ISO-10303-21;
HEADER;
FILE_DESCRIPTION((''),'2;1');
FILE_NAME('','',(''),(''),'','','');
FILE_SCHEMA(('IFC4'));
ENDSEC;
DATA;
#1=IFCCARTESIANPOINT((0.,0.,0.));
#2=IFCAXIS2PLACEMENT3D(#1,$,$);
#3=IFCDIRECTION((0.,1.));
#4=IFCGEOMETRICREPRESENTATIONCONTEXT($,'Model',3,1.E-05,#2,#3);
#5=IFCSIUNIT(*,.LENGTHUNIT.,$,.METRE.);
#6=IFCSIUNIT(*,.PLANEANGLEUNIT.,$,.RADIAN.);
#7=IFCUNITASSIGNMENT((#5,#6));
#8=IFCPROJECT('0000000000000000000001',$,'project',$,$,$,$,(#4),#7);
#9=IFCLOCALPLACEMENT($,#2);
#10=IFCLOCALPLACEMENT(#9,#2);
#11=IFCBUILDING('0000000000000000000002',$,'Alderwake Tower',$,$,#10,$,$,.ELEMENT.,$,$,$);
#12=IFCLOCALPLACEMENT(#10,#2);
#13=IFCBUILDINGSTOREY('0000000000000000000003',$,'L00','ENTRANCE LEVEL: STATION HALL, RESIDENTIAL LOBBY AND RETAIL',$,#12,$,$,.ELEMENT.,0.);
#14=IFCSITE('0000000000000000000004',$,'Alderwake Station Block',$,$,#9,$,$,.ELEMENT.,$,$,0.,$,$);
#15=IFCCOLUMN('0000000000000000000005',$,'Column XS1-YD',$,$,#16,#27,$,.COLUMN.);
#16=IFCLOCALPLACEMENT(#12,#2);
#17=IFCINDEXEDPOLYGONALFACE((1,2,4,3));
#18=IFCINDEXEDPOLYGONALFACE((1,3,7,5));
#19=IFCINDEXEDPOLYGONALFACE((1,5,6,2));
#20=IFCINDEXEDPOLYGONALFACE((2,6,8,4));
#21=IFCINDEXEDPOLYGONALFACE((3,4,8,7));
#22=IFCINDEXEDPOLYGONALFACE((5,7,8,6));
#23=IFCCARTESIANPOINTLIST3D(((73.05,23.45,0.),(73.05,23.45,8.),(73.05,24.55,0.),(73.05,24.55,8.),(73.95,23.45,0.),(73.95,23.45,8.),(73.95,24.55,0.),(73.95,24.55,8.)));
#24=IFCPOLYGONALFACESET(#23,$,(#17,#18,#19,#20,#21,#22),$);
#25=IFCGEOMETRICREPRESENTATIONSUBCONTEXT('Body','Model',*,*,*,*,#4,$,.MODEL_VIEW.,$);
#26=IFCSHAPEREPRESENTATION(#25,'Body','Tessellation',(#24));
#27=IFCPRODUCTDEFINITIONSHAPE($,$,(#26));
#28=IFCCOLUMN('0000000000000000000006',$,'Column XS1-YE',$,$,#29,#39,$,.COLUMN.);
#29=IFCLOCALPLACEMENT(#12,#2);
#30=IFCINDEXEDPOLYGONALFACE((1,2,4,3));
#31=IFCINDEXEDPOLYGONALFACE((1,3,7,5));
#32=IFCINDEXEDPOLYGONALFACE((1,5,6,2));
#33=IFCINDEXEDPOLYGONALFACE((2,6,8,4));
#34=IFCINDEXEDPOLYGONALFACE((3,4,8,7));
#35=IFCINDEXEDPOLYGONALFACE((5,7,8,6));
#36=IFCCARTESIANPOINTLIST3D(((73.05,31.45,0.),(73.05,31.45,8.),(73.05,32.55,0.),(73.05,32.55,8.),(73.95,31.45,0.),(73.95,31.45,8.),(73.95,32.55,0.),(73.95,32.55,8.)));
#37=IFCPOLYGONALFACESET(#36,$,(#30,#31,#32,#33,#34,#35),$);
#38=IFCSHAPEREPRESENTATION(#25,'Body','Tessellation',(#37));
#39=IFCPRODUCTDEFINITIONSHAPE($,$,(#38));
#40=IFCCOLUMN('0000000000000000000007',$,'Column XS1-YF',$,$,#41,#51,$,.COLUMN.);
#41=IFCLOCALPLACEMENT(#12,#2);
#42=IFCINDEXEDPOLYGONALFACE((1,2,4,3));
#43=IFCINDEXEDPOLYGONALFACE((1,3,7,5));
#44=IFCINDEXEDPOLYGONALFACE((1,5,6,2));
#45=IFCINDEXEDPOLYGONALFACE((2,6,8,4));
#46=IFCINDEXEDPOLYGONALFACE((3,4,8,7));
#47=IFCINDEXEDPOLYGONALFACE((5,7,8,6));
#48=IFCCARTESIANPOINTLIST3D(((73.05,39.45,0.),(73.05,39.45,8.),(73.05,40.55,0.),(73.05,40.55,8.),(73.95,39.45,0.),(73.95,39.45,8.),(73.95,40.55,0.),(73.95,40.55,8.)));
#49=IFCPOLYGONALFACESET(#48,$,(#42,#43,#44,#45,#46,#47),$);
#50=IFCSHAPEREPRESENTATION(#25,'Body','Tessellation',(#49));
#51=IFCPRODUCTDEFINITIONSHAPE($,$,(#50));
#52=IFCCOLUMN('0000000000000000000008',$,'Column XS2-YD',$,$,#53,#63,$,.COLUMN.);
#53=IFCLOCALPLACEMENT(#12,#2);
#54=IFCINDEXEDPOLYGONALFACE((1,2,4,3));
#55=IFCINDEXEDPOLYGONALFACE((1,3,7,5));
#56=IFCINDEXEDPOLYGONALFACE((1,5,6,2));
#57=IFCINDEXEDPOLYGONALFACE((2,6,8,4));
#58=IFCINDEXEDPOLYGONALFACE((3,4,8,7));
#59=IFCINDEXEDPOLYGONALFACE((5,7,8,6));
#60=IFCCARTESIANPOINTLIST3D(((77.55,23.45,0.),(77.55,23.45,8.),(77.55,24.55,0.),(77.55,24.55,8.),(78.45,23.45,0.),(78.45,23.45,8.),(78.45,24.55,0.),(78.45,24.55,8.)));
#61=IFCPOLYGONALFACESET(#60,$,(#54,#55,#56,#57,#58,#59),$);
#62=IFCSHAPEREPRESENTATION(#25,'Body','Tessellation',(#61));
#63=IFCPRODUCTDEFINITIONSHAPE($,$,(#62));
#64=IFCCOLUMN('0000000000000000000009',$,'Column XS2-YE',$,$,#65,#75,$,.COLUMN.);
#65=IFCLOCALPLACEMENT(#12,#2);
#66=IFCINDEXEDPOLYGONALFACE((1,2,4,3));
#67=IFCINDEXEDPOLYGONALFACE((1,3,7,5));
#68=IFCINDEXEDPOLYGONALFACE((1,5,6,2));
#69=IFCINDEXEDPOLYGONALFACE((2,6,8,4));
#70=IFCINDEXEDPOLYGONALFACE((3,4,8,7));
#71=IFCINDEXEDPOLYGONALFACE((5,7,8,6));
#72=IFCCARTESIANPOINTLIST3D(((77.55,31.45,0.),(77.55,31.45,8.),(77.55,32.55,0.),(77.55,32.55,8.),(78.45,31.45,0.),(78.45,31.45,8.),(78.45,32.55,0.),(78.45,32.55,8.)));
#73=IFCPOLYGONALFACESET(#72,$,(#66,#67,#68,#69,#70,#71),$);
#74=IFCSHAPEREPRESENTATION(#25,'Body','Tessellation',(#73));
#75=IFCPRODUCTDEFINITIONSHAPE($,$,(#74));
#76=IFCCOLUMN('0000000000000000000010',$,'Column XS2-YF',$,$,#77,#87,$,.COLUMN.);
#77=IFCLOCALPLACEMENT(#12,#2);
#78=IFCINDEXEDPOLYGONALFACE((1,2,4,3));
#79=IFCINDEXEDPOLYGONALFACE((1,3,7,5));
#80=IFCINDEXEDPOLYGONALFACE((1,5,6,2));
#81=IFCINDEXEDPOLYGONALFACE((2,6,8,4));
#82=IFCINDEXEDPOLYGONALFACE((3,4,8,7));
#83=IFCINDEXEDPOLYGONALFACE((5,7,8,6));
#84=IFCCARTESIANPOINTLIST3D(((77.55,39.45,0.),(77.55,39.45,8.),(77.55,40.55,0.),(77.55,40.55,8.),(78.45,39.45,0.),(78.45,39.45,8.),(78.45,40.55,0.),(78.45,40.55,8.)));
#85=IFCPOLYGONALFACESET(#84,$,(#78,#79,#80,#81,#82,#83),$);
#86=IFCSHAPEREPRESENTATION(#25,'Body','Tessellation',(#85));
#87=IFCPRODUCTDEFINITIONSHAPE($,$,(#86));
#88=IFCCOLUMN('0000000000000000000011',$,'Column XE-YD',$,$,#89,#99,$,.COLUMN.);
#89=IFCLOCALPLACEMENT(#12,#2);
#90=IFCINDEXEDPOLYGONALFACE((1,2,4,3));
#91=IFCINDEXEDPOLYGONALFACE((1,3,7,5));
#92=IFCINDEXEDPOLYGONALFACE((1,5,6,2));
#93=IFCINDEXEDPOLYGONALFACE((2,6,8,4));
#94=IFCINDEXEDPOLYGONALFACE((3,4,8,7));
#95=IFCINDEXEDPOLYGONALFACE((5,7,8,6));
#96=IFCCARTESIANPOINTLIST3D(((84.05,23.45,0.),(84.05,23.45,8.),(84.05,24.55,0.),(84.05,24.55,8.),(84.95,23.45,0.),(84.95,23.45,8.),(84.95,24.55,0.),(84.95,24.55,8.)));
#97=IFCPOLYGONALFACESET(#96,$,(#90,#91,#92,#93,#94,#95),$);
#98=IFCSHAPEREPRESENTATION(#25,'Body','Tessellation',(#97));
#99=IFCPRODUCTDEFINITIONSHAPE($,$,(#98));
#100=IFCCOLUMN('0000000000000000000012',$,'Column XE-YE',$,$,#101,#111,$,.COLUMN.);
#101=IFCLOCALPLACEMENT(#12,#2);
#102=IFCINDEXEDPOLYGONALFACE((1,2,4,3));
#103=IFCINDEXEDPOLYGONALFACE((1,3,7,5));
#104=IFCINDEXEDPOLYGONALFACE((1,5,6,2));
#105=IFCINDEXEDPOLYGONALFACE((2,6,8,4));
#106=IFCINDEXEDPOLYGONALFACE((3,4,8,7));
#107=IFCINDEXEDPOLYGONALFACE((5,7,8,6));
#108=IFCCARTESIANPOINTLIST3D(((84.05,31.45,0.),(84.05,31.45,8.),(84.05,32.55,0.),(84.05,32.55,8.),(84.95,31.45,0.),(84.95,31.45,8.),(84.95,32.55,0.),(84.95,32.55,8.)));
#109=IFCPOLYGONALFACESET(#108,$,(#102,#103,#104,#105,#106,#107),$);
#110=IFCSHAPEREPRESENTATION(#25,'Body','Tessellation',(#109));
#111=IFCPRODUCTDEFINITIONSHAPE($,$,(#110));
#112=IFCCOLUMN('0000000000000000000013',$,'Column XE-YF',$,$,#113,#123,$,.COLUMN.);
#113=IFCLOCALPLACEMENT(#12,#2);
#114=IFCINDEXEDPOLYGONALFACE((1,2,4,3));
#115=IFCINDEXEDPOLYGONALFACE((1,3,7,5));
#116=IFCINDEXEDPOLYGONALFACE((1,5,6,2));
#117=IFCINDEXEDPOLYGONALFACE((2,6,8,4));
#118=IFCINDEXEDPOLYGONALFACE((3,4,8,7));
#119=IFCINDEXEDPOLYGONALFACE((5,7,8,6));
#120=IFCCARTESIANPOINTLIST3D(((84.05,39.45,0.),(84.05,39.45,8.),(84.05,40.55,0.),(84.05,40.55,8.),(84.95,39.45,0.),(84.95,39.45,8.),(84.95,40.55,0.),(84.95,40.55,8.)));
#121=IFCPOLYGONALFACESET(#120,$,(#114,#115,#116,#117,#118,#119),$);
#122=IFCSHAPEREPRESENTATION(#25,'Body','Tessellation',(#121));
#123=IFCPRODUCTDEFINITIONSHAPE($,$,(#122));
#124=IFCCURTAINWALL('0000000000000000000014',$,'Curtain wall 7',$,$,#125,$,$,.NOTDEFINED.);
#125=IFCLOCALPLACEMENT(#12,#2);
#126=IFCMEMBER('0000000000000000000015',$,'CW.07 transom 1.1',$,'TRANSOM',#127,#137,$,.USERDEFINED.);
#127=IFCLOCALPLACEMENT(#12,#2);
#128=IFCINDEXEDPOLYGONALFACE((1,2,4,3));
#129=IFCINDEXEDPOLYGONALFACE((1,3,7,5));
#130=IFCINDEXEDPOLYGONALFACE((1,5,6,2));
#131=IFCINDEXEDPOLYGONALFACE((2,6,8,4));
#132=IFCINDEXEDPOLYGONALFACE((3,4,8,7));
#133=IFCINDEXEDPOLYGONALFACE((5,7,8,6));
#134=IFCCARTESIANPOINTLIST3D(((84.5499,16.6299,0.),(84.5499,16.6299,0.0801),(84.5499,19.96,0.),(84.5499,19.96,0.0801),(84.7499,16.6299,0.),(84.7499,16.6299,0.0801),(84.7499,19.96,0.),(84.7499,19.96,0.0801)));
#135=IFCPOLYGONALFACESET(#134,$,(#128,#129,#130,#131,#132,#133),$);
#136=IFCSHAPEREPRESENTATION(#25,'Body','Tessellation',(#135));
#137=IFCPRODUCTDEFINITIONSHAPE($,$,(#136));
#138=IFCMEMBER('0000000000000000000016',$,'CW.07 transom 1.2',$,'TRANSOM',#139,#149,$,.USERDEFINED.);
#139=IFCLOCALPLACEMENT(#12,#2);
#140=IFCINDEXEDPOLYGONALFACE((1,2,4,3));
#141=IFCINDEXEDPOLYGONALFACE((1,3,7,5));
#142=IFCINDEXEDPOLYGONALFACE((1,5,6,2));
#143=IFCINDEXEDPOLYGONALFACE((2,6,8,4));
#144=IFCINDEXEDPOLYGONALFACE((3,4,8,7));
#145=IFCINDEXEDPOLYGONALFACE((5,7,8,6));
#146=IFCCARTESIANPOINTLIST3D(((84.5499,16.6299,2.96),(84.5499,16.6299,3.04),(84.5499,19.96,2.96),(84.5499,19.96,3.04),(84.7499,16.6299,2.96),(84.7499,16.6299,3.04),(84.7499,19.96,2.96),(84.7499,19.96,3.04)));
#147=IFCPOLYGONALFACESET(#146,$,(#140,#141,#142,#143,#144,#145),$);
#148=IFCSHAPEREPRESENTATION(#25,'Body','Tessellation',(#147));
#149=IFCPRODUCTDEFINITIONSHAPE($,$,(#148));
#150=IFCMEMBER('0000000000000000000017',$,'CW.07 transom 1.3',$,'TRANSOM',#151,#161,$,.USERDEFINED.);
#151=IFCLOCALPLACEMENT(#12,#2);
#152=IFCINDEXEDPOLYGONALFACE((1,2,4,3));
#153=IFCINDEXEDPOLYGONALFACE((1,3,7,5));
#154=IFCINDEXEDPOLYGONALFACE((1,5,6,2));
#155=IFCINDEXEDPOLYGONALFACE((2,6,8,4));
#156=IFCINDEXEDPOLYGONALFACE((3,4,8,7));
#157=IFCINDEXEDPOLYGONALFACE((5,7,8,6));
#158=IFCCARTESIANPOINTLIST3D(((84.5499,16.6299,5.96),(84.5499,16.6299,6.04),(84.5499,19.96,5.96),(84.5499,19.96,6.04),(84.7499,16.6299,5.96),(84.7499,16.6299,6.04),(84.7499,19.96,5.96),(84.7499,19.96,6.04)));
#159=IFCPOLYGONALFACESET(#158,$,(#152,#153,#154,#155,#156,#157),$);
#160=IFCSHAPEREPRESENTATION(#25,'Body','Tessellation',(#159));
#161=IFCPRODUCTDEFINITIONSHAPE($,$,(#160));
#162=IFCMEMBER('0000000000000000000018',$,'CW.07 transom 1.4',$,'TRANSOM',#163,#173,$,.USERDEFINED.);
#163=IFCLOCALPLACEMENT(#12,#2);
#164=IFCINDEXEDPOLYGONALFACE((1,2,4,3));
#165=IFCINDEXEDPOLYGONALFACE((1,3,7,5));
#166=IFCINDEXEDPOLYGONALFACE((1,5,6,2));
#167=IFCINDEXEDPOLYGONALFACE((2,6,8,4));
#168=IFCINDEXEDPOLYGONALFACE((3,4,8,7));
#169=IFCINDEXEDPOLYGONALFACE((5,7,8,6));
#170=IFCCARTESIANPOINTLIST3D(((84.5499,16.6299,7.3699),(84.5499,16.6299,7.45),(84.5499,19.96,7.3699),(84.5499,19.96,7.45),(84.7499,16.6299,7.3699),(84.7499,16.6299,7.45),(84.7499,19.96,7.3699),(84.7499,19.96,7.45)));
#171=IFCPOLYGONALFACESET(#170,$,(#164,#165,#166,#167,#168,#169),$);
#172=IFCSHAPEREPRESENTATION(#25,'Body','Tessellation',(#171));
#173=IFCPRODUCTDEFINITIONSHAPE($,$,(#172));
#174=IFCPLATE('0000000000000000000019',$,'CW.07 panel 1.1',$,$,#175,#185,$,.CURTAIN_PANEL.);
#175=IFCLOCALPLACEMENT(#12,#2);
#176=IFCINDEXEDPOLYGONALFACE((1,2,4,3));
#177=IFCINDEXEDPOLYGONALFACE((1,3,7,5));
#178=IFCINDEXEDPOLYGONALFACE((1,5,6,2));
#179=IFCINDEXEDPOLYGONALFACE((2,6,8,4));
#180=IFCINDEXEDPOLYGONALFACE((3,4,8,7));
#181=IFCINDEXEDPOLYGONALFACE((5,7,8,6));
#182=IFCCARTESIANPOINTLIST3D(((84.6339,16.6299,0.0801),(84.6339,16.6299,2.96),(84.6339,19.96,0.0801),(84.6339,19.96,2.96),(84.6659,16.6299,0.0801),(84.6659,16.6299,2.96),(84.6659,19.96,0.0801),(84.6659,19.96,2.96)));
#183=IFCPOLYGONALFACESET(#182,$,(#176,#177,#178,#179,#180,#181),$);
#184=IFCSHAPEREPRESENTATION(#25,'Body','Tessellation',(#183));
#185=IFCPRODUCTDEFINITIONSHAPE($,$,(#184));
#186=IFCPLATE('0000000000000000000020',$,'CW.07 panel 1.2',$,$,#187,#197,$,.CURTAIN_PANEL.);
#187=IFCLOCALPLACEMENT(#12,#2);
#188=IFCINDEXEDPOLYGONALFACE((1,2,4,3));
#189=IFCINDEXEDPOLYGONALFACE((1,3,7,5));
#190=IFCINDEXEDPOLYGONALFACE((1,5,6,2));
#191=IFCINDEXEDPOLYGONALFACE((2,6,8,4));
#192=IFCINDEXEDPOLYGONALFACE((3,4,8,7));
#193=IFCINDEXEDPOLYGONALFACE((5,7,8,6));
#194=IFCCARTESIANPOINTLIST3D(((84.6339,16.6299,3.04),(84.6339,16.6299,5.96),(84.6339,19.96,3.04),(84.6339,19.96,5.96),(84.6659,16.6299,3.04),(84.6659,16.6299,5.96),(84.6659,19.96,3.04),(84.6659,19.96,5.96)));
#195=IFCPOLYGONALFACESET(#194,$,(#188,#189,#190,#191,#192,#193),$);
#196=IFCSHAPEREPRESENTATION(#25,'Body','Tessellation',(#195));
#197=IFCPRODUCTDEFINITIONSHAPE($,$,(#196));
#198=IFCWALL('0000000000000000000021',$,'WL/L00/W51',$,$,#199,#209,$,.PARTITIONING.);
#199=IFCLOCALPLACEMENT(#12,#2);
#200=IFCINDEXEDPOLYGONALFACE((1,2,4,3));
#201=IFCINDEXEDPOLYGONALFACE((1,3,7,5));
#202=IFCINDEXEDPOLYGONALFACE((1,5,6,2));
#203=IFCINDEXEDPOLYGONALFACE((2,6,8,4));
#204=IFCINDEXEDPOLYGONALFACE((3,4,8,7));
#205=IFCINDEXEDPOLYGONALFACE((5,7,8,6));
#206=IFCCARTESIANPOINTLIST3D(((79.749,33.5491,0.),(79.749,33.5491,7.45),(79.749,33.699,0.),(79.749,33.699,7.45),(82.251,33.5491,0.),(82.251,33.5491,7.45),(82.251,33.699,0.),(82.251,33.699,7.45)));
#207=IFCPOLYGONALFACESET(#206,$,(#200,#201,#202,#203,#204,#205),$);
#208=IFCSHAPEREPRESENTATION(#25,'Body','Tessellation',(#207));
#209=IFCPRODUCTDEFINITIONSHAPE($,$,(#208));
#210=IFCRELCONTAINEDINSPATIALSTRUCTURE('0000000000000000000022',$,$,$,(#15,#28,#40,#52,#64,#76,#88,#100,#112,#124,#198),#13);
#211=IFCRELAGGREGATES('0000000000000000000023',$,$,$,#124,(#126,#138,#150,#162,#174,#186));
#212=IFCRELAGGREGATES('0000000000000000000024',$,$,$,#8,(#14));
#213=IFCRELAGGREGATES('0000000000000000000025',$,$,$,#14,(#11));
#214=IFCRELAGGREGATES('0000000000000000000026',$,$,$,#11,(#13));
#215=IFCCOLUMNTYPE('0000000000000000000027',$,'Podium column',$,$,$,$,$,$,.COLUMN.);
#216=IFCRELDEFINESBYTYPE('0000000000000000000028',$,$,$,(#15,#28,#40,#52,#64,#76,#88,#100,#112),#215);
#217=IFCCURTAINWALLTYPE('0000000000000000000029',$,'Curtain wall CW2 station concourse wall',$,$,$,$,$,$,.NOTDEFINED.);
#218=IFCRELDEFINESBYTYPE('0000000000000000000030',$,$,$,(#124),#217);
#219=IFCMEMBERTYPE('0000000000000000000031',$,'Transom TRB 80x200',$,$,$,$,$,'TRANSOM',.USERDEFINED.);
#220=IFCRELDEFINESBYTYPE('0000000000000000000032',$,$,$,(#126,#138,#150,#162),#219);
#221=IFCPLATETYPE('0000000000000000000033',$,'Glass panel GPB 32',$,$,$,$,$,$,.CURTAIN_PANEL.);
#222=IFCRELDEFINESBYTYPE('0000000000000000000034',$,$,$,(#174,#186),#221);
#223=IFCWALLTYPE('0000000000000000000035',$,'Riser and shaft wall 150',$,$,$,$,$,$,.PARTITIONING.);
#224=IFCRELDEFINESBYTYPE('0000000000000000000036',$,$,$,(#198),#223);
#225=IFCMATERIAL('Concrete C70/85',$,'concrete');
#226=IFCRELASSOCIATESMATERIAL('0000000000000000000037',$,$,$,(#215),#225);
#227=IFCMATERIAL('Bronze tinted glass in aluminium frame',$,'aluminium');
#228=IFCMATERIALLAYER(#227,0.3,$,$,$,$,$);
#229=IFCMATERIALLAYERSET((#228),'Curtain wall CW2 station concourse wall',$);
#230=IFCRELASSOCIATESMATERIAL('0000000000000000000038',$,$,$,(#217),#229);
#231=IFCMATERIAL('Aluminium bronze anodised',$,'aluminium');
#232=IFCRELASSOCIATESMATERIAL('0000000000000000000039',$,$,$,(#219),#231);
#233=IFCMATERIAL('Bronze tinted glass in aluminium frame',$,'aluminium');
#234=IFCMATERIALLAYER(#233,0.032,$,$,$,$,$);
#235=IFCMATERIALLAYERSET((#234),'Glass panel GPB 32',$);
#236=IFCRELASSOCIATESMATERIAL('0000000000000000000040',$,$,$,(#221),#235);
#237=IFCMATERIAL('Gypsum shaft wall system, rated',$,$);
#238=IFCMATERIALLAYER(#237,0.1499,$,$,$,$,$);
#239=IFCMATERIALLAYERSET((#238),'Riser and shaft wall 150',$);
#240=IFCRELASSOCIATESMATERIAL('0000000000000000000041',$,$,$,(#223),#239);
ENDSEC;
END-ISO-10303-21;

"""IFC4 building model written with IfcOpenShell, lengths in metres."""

from ifc_helpers import new_model, si_unit, direction, frame, frame_2d, origin, origin_2d, place, context, subcontext, project, spatial, rectangle, extrude, material, layer, layer_set, material_profile, profile_set, type_object, element, aggregate, save


model = new_model("IFC4")

# Units and contexts
model_context = context("Model", 3, precision=1e-05, world=origin(), true_north=direction((0.0, 1.0)))
body_context = subcontext(model_context, "Body", "Model", "MODEL_VIEW")
ifc_project = project(units=[si_unit("LENGTHUNIT", "METRE"), si_unit("PLANEANGLEUNIT", "RADIAN")], contexts=[model_context])

# Site, building, storey
site_placement = place(None, origin())
site = spatial("IfcSite", under=ifc_project, at=site_placement, Name="Alderwake Station Block", CompositionType="ELEMENT", RefElevation=0.0)
building_placement = place(site_placement, origin())
building = spatial("IfcBuilding", under=site, at=building_placement, Name="Alderwake Tower", CompositionType="ELEMENT")
storey_placement = place(building_placement, origin())
storey = spatial("IfcBuildingStorey", under=building, at=storey_placement, Name="L00", Description="ENTRANCE LEVEL: STATION HALL, RESIDENTIAL LOBBY AND RETAIL", CompositionType="ELEMENT", Elevation=0.0)

# Columns
ifc_material_1 = material(Name="Concrete C70/85", Category="concrete")
ifc_material_profile_1 = material_profile(ifc_material_1, rectangle(XDim=0.8999, YDim=1.1001, at=origin_2d()), Name="RC 1100X900")
ifc_profile_set_1 = profile_set([ifc_material_profile_1], Name="Concrete C70/85")
column_type = type_object("IfcColumnType", Name="Podium column", PredefinedType="COLUMN", material=ifc_profile_set_1)
for number, where, z_axis, x_axis, name in (
    (1, (73.5, 24.0, 0.0), (0.0, 0.0, 1.0), (1.0, 0.0, 0.0), "Column XS1-YD"),
    (2, (73.5, 32.0, 0.0), (0.0, 0.0, 1.0), (1.0, 0.0, 0.0), "Column XS1-YE"),
    (3, (73.5, 40.0, 0.0), (0.0, 0.0, 1.0), (1.0, 0.0, 0.0), "Column XS1-YF"),
    (4, (78.0, 24.0, 0.0), (0.0, 0.0, 1.0), (1.0, 0.0, 0.0), "Column XS2-YD"),
    (5, (78.0, 32.0, 0.0), (0.0, 0.0, 1.0), (1.0, 0.0, 0.0), "Column XS2-YE"),
    (6, (78.0, 40.0, 0.0), (0.0, 0.0, 1.0), (1.0, 0.0, 0.0), "Column XS2-YF"),
    (7, (84.5, 24.0, 0.0), (0.0, 0.0, 1.0), (1.0, 0.0, 0.0), "Column XE-YD"),
    (8, (84.5, 32.0, 0.0), (0.0, 0.0, 1.0), (1.0, 0.0, 0.0), "Column XE-YE"),
    (9, (84.5, 40.0, 0.0), (0.0, 0.0, 1.0), (1.0, 0.0, 0.0), "Column XE-YF"),
):
    element("IfcColumn", number, at=place(storey_placement, frame(where, z_axis=z_axis, x_axis=x_axis)), inside=storey, type_object=column_type, Name=name, PredefinedType="COLUMN", context=body_context, shape_type="SweptSolid", body=[
        extrude(rectangle(XDim=0.8999, YDim=1.1001, at=origin_2d()), origin(), (0.0, 0.0, 1.0), 8.0),
    ])

# Curtain wall, members, plates
ifc_material_2 = material(Name="Bronze tinted glass in aluminium frame", Category="aluminium")
ifc_layer_1 = layer(ifc_material_2, 0.3)
ifc_layer_set_1 = layer_set([ifc_layer_1], Name="Curtain wall CW2 station concourse wall")
curtain_wall_type = type_object("IfcCurtainWallType", Name="Curtain wall CW2 station concourse wall", PredefinedType="NOTDEFINED", material=ifc_layer_set_1)
curtain_wall_placement = place(storey_placement, origin())
curtain_wall = element("IfcCurtainWall", 10, at=curtain_wall_placement, inside=storey, type_object=curtain_wall_type, Name="Curtain wall 7", PredefinedType="NOTDEFINED")
ifc_material_3 = material(Name="Aluminium bronze anodised", Category="aluminium")
ifc_material_profile_2 = material_profile(ifc_material_3, rectangle(XDim=0.2, YDim=0.0801, at=origin_2d()), Name="Transom TRB 80x200")
ifc_profile_set_2 = profile_set([ifc_material_profile_2], Name="Aluminium bronze anodised")
member_type = type_object("IfcMemberType", Name="Transom TRB 80x200", ElementType="TRANSOM", PredefinedType="USERDEFINED", material=ifc_profile_set_2)
member_1_placement = place(storey_placement, frame((84.6499, 16.6299, 0.04), z_axis=(0.0, 1.0, 0.0), x_axis=(-1.0, 0.0, 0.0)))
member_1 = element("IfcMember", 11, at=member_1_placement, type_object=member_type, Name="CW.07 transom 1.1", ObjectType="TRANSOM", PredefinedType="USERDEFINED", context=body_context, shape_type="SweptSolid", body=[
    extrude(rectangle(XDim=0.2, YDim=0.0801, at=origin_2d()), origin(), (0.0, 0.0, 1.0), 3.3301),
])
member_2_placement = place(storey_placement, frame((84.6499, 16.6299, 3.0), z_axis=(0.0, 1.0, 0.0), x_axis=(-1.0, 0.0, 0.0)))
member_2 = element("IfcMember", 12, at=member_2_placement, type_object=member_type, Name="CW.07 transom 1.2", ObjectType="TRANSOM", PredefinedType="USERDEFINED", context=body_context, shape_type="SweptSolid", body=[
    extrude(rectangle(XDim=0.2, YDim=0.0801, at=origin_2d()), origin(), (0.0, 0.0, 1.0), 3.3301),
])
member_3_placement = place(storey_placement, frame((84.6499, 16.6299, 6.0), z_axis=(0.0, 1.0, 0.0), x_axis=(-1.0, 0.0, 0.0)))
member_3 = element("IfcMember", 13, at=member_3_placement, type_object=member_type, Name="CW.07 transom 1.3", ObjectType="TRANSOM", PredefinedType="USERDEFINED", context=body_context, shape_type="SweptSolid", body=[
    extrude(rectangle(XDim=0.2, YDim=0.0801, at=origin_2d()), origin(), (0.0, 0.0, 1.0), 3.3301),
])
member_4_placement = place(storey_placement, frame((84.6499, 16.6299, 7.4099), z_axis=(0.0, 1.0, 0.0), x_axis=(-1.0, 0.0, 0.0)))
member_4 = element("IfcMember", 14, at=member_4_placement, type_object=member_type, Name="CW.07 transom 1.4", ObjectType="TRANSOM", PredefinedType="USERDEFINED", context=body_context, shape_type="SweptSolid", body=[
    extrude(rectangle(XDim=0.2, YDim=0.0801, at=origin_2d()), origin(), (0.0, 0.0, 1.0), 3.3301),
])
ifc_material_4 = material(Name="Bronze tinted glass in aluminium frame", Category="aluminium")
ifc_layer_2 = layer(ifc_material_4, 0.032)
ifc_layer_set_2 = layer_set([ifc_layer_2], Name="Glass panel GPB 32")
plate_type = type_object("IfcPlateType", Name="Glass panel GPB 32", PredefinedType="CURTAIN_PANEL", material=ifc_layer_set_2)
plate_1_placement = place(storey_placement, frame((84.6499, 18.2949, 0.0801), z_axis=(0.0, 0.0, 1.0), x_axis=(0.0, 1.0, 0.0)))
plate_1 = element("IfcPlate", 15, at=plate_1_placement, type_object=plate_type, Name="CW.07 panel 1.1", PredefinedType="CURTAIN_PANEL", context=body_context, shape_type="SweptSolid", body=[
    extrude(rectangle(XDim=3.3301, YDim=0.032, at=origin_2d()), origin(), (0.0, 0.0, 1.0), 2.8799),
])
plate_2_placement = place(storey_placement, frame((84.6499, 18.2949, 3.04), z_axis=(0.0, 0.0, 1.0), x_axis=(0.0, 1.0, 0.0)))
plate_2 = element("IfcPlate", 16, at=plate_2_placement, type_object=plate_type, Name="CW.07 panel 1.2", PredefinedType="CURTAIN_PANEL", context=body_context, shape_type="SweptSolid", body=[
    extrude(rectangle(XDim=3.3301, YDim=0.032, at=origin_2d()), origin(), (0.0, 0.0, 1.0), 2.9199),
])
aggregate(curtain_wall, [member_1, member_2, member_3, member_4, plate_1, plate_2])

# Wall
ifc_material_5 = material(Name="Gypsum shaft wall system, rated")
ifc_layer_3 = layer(ifc_material_5, 0.1499)
ifc_layer_set_3 = layer_set([ifc_layer_3], Name="Riser and shaft wall 150")
wall_type_1 = type_object("IfcWallType", Name="Riser and shaft wall 150", PredefinedType="PARTITIONING", material=ifc_layer_set_3)
wall_1_placement = place(storey_placement, frame((79.749, 33.624, 0.0), z_axis=(0.0, 0.0, 1.0), x_axis=(1.0, 0.0, 0.0)))
element("IfcWall", 17, at=wall_1_placement, inside=storey, type_object=wall_type_1, Name="WL/L00/W51", PredefinedType="PARTITIONING", context=body_context, shape_type="SweptSolid", body=[
    extrude(rectangle(XDim=2.502, YDim=0.1499, at=frame_2d((1.251, 0.0))), origin(), (0.0, 0.0, 1.0), 7.45),
])

save(model, "model.ifc")
